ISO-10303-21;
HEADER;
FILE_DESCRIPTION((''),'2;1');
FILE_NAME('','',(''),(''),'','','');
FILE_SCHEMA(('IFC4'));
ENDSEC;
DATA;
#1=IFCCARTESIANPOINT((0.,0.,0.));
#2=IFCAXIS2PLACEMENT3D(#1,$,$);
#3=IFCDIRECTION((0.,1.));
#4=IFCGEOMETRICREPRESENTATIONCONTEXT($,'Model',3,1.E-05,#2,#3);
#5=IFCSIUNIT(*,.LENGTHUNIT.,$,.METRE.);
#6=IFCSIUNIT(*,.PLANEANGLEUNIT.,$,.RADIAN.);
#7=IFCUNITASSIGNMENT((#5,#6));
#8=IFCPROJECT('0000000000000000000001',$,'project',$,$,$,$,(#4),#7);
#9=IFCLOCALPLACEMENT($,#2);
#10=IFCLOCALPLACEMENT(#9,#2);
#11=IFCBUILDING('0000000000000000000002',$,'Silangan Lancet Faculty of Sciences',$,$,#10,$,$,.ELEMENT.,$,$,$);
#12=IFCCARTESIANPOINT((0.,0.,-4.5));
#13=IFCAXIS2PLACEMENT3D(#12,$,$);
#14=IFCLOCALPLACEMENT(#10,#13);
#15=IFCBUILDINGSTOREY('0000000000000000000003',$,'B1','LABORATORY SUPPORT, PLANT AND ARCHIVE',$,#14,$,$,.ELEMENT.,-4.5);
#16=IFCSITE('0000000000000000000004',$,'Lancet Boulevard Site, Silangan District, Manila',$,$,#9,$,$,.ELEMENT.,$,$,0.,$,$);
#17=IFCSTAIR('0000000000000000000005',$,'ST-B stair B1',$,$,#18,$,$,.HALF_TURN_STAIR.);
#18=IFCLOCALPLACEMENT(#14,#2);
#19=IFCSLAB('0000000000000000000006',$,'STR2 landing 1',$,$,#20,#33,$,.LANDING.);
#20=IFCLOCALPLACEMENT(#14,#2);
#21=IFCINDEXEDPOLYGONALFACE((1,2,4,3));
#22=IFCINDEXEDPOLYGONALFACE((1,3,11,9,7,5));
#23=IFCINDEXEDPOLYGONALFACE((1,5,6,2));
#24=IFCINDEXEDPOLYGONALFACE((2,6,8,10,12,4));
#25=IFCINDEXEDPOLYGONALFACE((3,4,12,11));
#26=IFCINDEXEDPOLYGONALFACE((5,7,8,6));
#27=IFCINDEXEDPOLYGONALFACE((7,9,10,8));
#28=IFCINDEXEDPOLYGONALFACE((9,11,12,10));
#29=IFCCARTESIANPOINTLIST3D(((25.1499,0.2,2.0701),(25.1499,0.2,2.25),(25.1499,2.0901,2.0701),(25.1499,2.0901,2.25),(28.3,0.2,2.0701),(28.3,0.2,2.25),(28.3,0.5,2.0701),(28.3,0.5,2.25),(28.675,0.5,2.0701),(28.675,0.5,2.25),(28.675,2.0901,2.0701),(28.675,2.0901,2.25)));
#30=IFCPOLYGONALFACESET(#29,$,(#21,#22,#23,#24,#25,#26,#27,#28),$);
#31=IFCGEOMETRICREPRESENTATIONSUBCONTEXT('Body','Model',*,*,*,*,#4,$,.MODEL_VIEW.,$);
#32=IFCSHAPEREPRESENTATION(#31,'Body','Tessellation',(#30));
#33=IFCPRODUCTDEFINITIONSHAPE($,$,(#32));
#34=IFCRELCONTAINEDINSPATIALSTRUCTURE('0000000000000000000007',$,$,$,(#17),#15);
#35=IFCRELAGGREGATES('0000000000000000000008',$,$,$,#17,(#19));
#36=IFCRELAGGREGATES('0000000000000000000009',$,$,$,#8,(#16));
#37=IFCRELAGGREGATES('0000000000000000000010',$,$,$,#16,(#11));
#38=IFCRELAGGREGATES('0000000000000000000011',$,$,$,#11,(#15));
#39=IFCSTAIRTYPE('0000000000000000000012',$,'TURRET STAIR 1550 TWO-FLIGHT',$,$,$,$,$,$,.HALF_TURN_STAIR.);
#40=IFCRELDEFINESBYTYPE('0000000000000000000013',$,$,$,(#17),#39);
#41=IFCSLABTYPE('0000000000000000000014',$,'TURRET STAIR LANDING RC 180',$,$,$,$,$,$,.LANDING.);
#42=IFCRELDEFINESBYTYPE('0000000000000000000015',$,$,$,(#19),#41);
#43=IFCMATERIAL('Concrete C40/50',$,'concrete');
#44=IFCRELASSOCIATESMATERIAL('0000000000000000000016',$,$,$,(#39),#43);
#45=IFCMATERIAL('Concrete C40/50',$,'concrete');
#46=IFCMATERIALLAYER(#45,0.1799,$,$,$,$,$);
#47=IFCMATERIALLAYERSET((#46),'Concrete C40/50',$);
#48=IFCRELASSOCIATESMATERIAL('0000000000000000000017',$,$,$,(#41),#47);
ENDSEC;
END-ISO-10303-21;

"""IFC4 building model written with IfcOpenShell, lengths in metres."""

from ifc_helpers import new_model, si_unit, direction, frame, origin, place, context, subcontext, project, spatial, polyline, outline, extrude, material, layer, layer_set, type_object, element, aggregate, save


model = new_model("IFC4")

# Units and contexts
model_context = context("Model", 3, precision=1e-05, world=origin(), true_north=direction((0.0, 1.0)))
body_context = subcontext(model_context, "Body", "Model", "MODEL_VIEW")
ifc_project = project(units=[si_unit("LENGTHUNIT", "METRE"), si_unit("PLANEANGLEUNIT", "RADIAN")], contexts=[model_context])

# Site, building, storey
site_placement = place(None, origin())
site = spatial("IfcSite", under=ifc_project, at=site_placement, Name="Lancet Boulevard Site, Silangan District, Manila", CompositionType="ELEMENT", RefElevation=0.0)
building_placement = place(site_placement, origin())
building = spatial("IfcBuilding", under=site, at=building_placement, Name="Silangan Lancet Faculty of Sciences", CompositionType="ELEMENT")
storey_placement = place(building_placement, frame((0.0, 0.0, -4.5)))
storey = spatial("IfcBuildingStorey", under=building, at=storey_placement, Name="B1", Description="LABORATORY SUPPORT, PLANT AND ARCHIVE", CompositionType="ELEMENT", Elevation=-4.5)

# Stair, slab
ifc_material_1 = material(Name="Concrete C40/50", Category="concrete")
stair_type = type_object("IfcStairType", Name="TURRET STAIR 1550 TWO-FLIGHT", PredefinedType="HALF_TURN_STAIR", material=ifc_material_1)
ifc_material_2 = material(Name="Concrete C40/50", Category="concrete")
ifc_layer_1 = layer(ifc_material_2, 0.1799)
ifc_layer_set_1 = layer_set([ifc_layer_1], Name="Concrete C40/50")
slab_type_1 = type_object("IfcSlabType", Name="TURRET STAIR LANDING RC 180", PredefinedType="LANDING", material=ifc_layer_set_1)
stair_1_placement = place(storey_placement, origin())
stair_1 = element("IfcStair", 1, at=stair_1_placement, inside=storey, type_object=stair_type, Name="ST-B stair B1", PredefinedType="HALF_TURN_STAIR")
slab_1_placement = place(storey_placement, frame((0.0, 0.0, 2.0701)))
slab_1 = element("IfcSlab", 2, at=slab_1_placement, type_object=slab_type_1, Name="STR2 landing 1", PredefinedType="LANDING", context=body_context, shape_type="SweptSolid", body=[
    extrude(outline(polyline([(25.1499, 0.2), (25.1499, 2.0901), (28.675, 2.0901), (28.675, 0.5), (28.3, 0.5), (28.3, 0.2), (25.1499, 0.2)])), origin(), (0.0, 0.0, 1.0), 0.1799),
])
aggregate(stair_1, [slab_1])

save(model, "model.ifc")
